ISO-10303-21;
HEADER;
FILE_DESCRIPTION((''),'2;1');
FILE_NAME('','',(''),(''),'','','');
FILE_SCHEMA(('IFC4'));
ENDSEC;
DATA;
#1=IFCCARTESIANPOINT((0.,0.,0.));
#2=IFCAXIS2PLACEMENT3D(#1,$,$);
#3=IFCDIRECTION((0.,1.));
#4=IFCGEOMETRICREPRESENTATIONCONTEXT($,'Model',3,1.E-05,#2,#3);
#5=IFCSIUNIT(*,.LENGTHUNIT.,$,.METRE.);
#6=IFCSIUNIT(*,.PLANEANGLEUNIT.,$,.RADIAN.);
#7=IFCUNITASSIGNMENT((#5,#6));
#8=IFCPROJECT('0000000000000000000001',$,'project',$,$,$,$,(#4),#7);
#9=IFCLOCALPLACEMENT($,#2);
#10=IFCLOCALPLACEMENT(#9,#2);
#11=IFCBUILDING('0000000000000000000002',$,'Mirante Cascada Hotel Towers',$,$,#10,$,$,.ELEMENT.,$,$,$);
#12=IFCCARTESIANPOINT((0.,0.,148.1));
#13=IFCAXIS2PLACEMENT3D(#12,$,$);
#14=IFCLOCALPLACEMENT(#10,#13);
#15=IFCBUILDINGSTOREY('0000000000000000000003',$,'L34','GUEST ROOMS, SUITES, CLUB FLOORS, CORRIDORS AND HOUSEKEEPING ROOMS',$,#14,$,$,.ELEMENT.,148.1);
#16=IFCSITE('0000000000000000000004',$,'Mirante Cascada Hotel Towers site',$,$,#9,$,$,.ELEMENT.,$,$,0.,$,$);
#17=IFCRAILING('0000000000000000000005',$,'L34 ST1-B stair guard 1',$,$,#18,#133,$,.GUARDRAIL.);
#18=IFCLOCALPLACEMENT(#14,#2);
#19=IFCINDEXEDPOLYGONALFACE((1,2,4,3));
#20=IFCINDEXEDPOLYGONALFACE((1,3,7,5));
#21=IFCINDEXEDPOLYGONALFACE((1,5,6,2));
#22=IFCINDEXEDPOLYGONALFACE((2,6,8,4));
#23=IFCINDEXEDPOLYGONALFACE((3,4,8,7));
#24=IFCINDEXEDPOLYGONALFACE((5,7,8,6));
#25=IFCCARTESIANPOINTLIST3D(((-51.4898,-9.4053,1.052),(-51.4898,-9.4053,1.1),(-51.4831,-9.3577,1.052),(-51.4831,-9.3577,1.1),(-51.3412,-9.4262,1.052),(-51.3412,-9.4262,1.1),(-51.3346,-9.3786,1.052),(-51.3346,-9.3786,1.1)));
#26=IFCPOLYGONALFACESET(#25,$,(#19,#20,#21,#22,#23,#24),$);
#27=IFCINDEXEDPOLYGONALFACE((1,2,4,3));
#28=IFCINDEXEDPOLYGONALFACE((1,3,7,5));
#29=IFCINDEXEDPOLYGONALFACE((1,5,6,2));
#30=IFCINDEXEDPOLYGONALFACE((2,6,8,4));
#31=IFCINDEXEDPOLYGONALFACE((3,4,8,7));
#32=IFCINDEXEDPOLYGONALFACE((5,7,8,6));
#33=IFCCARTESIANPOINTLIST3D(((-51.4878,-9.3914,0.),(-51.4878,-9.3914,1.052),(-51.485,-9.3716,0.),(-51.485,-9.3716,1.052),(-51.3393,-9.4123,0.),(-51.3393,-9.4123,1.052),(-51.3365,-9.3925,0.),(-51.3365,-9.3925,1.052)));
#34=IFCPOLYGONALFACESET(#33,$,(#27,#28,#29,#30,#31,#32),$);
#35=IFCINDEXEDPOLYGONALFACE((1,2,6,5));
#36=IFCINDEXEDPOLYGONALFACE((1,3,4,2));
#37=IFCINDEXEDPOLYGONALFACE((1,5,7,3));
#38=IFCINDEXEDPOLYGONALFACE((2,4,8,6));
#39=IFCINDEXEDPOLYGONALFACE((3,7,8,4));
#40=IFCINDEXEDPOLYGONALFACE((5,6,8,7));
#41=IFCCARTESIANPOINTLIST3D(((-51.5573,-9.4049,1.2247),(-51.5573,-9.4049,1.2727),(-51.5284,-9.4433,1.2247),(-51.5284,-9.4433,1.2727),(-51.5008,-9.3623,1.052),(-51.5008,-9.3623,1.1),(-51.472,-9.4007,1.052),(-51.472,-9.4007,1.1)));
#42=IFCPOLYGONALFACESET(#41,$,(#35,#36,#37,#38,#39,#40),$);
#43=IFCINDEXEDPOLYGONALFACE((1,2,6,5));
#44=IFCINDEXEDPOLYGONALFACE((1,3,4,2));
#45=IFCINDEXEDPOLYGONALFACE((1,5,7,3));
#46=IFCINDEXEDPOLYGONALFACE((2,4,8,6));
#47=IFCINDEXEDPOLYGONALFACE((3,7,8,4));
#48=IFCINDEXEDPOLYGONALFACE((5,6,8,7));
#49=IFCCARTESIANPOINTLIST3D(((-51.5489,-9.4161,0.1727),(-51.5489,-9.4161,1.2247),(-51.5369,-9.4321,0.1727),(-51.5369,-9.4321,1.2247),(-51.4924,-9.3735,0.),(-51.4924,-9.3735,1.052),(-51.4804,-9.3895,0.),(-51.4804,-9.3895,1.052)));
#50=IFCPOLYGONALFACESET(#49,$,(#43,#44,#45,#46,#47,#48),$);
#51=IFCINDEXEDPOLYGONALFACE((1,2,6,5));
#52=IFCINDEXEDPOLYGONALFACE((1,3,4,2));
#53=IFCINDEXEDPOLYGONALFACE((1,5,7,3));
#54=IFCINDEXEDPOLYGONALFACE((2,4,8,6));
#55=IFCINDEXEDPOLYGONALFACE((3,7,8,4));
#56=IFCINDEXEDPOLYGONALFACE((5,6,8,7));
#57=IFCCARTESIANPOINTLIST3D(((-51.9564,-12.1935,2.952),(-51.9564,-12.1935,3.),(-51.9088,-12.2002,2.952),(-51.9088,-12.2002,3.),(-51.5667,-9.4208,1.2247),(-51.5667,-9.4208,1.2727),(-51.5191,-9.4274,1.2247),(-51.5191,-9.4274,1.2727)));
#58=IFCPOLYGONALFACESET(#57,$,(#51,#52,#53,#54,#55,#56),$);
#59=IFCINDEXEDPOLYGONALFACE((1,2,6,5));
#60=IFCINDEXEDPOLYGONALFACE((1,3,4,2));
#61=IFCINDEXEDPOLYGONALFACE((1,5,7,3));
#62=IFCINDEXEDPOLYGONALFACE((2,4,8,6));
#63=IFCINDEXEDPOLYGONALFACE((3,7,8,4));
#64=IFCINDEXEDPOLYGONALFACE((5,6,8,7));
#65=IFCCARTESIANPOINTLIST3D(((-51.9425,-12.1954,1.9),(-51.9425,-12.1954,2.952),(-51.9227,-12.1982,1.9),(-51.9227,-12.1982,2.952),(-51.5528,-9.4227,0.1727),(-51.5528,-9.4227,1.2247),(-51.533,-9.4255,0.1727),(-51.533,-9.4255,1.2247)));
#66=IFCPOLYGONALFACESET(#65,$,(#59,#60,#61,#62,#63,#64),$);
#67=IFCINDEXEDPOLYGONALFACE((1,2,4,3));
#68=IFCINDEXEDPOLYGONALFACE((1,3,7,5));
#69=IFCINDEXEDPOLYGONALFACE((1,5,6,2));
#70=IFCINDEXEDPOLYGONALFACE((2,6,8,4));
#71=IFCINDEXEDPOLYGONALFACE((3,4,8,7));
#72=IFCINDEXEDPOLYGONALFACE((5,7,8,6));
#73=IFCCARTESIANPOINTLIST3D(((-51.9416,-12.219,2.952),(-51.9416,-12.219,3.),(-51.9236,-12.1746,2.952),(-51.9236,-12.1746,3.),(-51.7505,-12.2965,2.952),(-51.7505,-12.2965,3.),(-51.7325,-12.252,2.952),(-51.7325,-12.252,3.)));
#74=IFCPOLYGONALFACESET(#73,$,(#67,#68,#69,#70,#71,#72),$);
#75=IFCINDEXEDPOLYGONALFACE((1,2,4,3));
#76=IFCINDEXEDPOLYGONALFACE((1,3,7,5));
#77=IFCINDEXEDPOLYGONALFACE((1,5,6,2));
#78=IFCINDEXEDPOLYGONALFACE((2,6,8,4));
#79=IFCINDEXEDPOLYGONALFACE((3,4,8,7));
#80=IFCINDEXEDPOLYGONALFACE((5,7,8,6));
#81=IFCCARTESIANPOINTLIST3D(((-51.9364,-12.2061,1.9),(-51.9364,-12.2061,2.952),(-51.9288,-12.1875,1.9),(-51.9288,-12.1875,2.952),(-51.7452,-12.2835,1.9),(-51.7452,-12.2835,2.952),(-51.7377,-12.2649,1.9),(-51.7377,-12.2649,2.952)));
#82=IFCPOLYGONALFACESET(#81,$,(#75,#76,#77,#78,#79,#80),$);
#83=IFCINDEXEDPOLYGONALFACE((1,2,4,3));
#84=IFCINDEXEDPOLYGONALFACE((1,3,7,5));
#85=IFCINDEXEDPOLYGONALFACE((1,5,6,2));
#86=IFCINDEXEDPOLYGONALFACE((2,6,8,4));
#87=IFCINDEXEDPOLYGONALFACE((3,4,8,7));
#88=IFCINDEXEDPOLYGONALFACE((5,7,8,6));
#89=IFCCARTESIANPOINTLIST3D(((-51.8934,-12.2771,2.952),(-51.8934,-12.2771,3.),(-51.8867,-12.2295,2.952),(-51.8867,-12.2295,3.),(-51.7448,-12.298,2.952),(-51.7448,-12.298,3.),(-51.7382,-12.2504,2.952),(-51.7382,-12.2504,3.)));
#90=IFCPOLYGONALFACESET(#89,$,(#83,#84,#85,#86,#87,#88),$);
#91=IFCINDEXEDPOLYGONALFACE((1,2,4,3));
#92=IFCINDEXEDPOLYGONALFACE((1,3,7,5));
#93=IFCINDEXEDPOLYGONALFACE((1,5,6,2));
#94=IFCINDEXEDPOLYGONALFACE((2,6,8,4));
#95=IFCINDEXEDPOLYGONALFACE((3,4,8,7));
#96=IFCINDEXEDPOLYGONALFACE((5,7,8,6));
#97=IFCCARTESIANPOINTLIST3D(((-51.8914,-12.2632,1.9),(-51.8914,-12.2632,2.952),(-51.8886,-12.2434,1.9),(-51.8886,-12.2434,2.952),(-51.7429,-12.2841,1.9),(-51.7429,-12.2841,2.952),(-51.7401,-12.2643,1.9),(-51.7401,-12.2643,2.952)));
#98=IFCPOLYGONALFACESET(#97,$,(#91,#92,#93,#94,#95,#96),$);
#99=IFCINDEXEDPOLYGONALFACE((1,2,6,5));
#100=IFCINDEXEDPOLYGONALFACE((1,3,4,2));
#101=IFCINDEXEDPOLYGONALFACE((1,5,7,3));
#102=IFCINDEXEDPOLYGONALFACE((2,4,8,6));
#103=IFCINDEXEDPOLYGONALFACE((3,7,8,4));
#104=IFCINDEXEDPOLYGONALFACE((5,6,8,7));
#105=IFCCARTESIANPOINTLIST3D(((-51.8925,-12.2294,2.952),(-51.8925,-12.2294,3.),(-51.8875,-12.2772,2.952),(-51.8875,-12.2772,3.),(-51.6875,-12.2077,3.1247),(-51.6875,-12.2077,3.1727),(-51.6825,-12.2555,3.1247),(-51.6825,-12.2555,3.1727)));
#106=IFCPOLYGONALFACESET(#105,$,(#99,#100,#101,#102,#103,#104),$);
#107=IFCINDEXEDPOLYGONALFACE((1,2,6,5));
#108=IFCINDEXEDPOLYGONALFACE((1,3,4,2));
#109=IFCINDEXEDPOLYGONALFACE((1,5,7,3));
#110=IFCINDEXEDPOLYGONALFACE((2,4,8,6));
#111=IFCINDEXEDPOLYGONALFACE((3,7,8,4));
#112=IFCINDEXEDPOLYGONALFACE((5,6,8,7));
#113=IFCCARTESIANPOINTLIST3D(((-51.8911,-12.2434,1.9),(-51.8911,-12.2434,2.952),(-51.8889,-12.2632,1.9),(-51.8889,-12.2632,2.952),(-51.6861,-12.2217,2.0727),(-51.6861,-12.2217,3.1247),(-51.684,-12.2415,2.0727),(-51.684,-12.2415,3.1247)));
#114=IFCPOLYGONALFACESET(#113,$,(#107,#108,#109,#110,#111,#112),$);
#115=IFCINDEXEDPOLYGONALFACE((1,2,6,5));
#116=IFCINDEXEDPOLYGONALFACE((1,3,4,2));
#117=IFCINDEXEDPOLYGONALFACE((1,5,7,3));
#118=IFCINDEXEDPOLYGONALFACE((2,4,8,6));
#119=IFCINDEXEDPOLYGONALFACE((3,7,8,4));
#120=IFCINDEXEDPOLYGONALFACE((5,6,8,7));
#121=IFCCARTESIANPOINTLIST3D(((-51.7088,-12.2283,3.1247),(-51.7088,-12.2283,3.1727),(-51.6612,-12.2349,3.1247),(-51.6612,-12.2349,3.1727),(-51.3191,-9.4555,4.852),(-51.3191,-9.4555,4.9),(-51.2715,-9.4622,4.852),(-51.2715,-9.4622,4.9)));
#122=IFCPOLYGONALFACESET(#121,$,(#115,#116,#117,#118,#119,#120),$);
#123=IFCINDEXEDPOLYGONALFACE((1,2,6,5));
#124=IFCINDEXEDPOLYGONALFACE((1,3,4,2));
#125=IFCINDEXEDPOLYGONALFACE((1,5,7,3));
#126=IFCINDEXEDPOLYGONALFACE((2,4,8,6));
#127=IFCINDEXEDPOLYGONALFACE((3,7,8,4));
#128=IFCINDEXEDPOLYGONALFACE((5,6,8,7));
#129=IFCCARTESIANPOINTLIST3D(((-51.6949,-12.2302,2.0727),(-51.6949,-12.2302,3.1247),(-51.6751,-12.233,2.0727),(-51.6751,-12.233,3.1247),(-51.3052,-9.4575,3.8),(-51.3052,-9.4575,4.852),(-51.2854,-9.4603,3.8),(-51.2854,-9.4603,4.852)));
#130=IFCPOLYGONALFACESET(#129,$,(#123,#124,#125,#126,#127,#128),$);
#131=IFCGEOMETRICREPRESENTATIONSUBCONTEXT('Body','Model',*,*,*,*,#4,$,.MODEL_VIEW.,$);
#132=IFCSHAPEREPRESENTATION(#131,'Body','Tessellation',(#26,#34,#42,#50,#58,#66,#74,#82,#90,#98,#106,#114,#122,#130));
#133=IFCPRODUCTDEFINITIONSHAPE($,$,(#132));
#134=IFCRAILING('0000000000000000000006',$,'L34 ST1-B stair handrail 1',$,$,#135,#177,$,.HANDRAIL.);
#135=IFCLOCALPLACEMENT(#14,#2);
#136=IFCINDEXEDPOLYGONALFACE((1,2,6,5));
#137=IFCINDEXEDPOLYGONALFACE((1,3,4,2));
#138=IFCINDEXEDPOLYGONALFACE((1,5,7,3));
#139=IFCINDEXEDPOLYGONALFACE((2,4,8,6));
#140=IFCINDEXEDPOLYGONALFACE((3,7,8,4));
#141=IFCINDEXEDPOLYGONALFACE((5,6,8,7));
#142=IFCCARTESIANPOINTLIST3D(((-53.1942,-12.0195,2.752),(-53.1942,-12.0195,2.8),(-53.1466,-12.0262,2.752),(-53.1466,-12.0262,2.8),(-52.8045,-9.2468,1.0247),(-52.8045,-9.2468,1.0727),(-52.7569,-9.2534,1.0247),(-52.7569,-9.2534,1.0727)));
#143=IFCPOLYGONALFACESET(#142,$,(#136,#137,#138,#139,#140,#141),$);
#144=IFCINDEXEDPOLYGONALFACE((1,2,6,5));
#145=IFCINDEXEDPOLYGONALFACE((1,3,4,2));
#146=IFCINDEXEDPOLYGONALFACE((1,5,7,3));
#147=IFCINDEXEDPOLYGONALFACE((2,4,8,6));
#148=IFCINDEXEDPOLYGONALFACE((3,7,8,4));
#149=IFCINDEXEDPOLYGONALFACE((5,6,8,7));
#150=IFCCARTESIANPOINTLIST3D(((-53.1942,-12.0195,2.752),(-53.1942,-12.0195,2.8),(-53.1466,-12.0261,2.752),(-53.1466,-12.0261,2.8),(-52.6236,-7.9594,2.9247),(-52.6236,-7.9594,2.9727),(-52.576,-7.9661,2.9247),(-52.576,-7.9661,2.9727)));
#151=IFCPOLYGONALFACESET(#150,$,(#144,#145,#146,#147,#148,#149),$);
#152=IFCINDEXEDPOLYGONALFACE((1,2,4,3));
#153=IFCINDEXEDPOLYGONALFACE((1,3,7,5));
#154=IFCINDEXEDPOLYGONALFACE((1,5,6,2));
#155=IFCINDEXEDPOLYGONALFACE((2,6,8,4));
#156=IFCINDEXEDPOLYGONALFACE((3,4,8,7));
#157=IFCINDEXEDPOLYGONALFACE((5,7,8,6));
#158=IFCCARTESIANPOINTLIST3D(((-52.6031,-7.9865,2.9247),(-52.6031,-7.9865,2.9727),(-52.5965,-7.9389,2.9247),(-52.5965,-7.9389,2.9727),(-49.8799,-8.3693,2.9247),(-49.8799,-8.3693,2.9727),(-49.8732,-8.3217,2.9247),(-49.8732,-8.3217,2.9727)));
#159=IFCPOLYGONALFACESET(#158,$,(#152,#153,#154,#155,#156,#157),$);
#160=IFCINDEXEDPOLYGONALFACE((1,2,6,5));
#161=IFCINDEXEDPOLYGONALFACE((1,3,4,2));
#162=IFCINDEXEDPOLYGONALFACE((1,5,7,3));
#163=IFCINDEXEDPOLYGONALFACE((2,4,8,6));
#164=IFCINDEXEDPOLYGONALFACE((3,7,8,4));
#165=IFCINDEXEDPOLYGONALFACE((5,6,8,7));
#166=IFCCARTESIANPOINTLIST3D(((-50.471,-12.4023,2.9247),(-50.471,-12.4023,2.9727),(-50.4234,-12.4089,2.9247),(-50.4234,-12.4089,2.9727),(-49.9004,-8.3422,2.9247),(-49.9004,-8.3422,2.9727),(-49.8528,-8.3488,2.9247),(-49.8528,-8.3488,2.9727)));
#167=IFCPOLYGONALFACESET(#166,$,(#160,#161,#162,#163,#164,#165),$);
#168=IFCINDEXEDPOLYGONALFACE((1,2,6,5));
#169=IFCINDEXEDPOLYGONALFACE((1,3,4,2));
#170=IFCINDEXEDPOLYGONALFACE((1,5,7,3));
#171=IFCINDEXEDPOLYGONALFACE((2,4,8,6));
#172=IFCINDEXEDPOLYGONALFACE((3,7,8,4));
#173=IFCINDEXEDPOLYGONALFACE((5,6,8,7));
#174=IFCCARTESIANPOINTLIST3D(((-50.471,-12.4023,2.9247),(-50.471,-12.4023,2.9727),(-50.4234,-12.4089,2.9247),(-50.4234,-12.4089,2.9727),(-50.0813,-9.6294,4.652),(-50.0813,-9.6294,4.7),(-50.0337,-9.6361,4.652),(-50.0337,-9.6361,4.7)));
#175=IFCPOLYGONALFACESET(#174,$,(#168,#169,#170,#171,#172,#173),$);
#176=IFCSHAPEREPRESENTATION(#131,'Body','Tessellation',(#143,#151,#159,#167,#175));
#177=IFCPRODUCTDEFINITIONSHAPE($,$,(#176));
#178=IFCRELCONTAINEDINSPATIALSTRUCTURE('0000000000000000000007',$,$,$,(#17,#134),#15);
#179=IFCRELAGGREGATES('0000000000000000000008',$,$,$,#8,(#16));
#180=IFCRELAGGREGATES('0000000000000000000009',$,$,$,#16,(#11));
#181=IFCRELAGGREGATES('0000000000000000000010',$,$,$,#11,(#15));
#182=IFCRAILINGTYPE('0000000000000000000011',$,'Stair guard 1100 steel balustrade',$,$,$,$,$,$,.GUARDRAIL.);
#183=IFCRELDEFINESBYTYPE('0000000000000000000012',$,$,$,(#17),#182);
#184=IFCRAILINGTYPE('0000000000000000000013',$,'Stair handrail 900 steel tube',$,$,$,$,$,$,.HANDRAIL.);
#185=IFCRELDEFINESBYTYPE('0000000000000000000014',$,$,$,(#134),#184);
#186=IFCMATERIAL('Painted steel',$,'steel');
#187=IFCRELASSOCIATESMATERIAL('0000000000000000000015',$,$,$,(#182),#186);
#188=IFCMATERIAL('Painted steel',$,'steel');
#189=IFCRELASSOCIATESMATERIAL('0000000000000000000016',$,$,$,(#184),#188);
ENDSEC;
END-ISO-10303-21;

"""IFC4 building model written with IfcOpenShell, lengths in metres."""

from ifc_helpers import new_model, si_unit, direction, frame, origin, origin_2d, place, context, subcontext, project, spatial, rectangle, extrude, material, type_object, element, save


model = new_model("IFC4")

# Units and contexts
model_context = context("Model", 3, precision=1e-05, world=origin(), true_north=direction((0.0, 1.0)))
body_context = subcontext(model_context, "Body", "Model", "MODEL_VIEW")
ifc_project = project(units=[si_unit("LENGTHUNIT", "METRE"), si_unit("PLANEANGLEUNIT", "RADIAN")], contexts=[model_context])

# Site, building, storey
site_placement = place(None, origin())
site = spatial("IfcSite", under=ifc_project, at=site_placement, Name="Mirante Cascada Hotel Towers site", CompositionType="ELEMENT", RefElevation=0.0)
building_placement = place(site_placement, origin())
building = spatial("IfcBuilding", under=site, at=building_placement, Name="Mirante Cascada Hotel Towers", CompositionType="ELEMENT")
storey_placement = place(building_placement, frame((0.0, 0.0, 148.1)))
storey = spatial("IfcBuildingStorey", under=building, at=storey_placement, Name="L34", Description="GUEST ROOMS, SUITES, CLUB FLOORS, CORRIDORS AND HOUSEKEEPING ROOMS", CompositionType="ELEMENT", Elevation=148.1)

# Railings
ifc_material_1 = material(Name="Painted steel", Category="steel")
railing_type_1 = type_object("IfcRailingType", Name="Stair guard 1100 steel balustrade", PredefinedType="GUARDRAIL", material=ifc_material_1)
railing_1_placement = place(storey_placement, frame((-51.3379, -9.4024, 0.0)))
element("IfcRailing", 1, at=railing_1_placement, inside=storey, type_object=railing_type_1, Name="L34 ST1-B stair guard 1", PredefinedType="GUARDRAIL", context=body_context, shape_type="SweptSolid", body=[
    extrude(rectangle(XDim=0.048, YDim=0.048, at=origin_2d()), frame((0.0, 0.0, 1.076), z_axis=(-0.990241, 0.139367, 0.0), x_axis=(-0.139367, -0.990241, 0.0)), (0.0, 0.0, 1.0), 0.15),
    extrude(rectangle(XDim=0.02, YDim=1.052, at=origin_2d()), frame((0.0, 0.0, 0.526), z_axis=(-0.990241, 0.139367, 0.0), x_axis=(-0.139367, -0.990241, 0.0)), (0.0, 0.0, 1.0), 0.15),
    extrude(rectangle(XDim=0.048, YDim=0.048, at=origin_2d()), frame((-0.1485, 0.0209, 1.076), z_axis=(-0.798471, -0.602033, 0.0), x_axis=(0.602033, -0.798471, 0.0)), (0.0, 0.92534, 0.379139), 0.1866),
    extrude(rectangle(XDim=0.02, YDim=1.052, at=origin_2d()), frame((-0.1485, 0.0209, 0.526), z_axis=(-0.798471, -0.602033, 0.0), x_axis=(0.602033, -0.798471, 0.0)), (0.0, 0.92534, 0.379139), 0.1866),
    extrude(rectangle(XDim=0.048, YDim=0.048, at=origin_2d()), frame((-0.205, -0.0217, 1.2487), z_axis=(-0.139181, -0.990267, 0.0), x_axis=(0.990267, -0.139181, 0.0)), (0.0, 0.525035, 0.851081), 3.2899),
    extrude(rectangle(XDim=0.02, YDim=1.052, at=origin_2d()), frame((-0.205, -0.0217, 0.6987), z_axis=(-0.139181, -0.990267, 0.0), x_axis=(0.990267, -0.139181, 0.0)), (0.0, 0.525035, 0.851081), 3.2899),
    extrude(rectangle(XDim=0.048, YDim=0.048, at=origin_2d()), frame((-0.5947, -2.7944, 2.976), z_axis=(0.926862, -0.375401, 0.0), x_axis=(0.375401, 0.926862, 0.0)), (0.0, 0.0, 1.0), 0.2062),
    extrude(rectangle(XDim=0.02, YDim=1.052, at=origin_2d()), frame((-0.5947, -2.7944, 2.426), z_axis=(0.926862, -0.375401, 0.0), x_axis=(0.375401, 0.926862, 0.0)), (0.0, 0.0, 1.0), 0.2062),
    extrude(rectangle(XDim=0.048, YDim=0.048, at=origin_2d()), frame((-0.4036, -2.8718, 2.976), z_axis=(-0.990241, 0.139367, 0.0), x_axis=(-0.139367, -0.990241, 0.0)), (0.0, 0.0, 1.0), 0.15),
    extrude(rectangle(XDim=0.02, YDim=1.052, at=origin_2d()), frame((-0.4036, -2.8718, 2.426), z_axis=(-0.990241, 0.139367, 0.0), x_axis=(-0.139367, -0.990241, 0.0)), (0.0, 0.0, 1.0), 0.15),
    extrude(rectangle(XDim=0.048, YDim=0.048, at=origin_2d()), frame((-0.5521, -2.8509, 2.976), z_axis=(0.994444, 0.105266, 0.0), x_axis=(-0.105266, 0.994444, 0.0)), (0.0, 0.642184, 0.76655), 0.2689),
    extrude(rectangle(XDim=0.02, YDim=1.052, at=origin_2d()), frame((-0.5521, -2.8509, 2.426), z_axis=(0.994444, 0.105266, 0.0), x_axis=(-0.105266, 0.994444, 0.0)), (0.0, 0.642184, 0.76655), 0.2689),
    extrude(rectangle(XDim=0.048, YDim=0.048, at=origin_2d()), frame((-0.3471, -2.8292, 3.1487), z_axis=(0.139181, 0.990267, 0.0), x_axis=(-0.990267, 0.139181, 0.0)), (0.0, 0.525035, 0.851081), 3.2899),
    extrude(rectangle(XDim=0.02, YDim=1.052, at=origin_2d()), frame((-0.3471, -2.8292, 2.5987), z_axis=(0.139181, 0.990267, 0.0), x_axis=(-0.990267, 0.139181, 0.0)), (0.0, 0.525035, 0.851081), 3.2899),
])
ifc_material_2 = material(Name="Painted steel", Category="steel")
railing_type_2 = type_object("IfcRailingType", Name="Stair handrail 900 steel tube", PredefinedType="HANDRAIL", material=ifc_material_2)
railing_2_placement = place(storey_placement, frame((-52.7807, -9.2501, 0.1727)))
element("IfcRailing", 2, at=railing_2_placement, inside=storey, type_object=railing_type_2, Name="L34 ST1-B stair handrail 1", PredefinedType="HANDRAIL", context=body_context, shape_type="SweptSolid", body=[
    extrude(rectangle(XDim=0.048, YDim=0.048, at=origin_2d()), frame((0.0, 0.0, 0.876), z_axis=(-0.139181, -0.990267, 0.0), x_axis=(0.990267, -0.139181, 0.0)), (0.0, 0.525035, 0.851081), 3.2899),
    extrude(rectangle(XDim=0.048, YDim=0.048, at=origin_2d()), frame((-0.3897, -2.7727, 2.6033), z_axis=(0.139171, 0.990268, 0.0), x_axis=(-0.990268, 0.139171, 0.0)), (0.0, 0.042085, 0.999114), 4.1036),
    extrude(rectangle(XDim=0.048, YDim=0.048, at=origin_2d()), frame((0.1809, 1.2874, 2.776), z_axis=(0.990264, -0.139201, 0.0), x_axis=(0.139201, 0.990264, 0.0)), (0.0, 0.0, 1.0), 2.75),
    extrude(rectangle(XDim=0.048, YDim=0.048, at=origin_2d()), frame((2.9041, 0.9046, 2.776), z_axis=(-0.139171, -0.990268, 0.0), x_axis=(0.990268, -0.139171, 0.0)), (0.0, 0.0, 1.0), 4.1),
    extrude(rectangle(XDim=0.048, YDim=0.048, at=origin_2d()), frame((2.3335, -3.1555, 2.776), z_axis=(0.139176, 0.990268, 0.0), x_axis=(-0.990268, 0.139176, 0.0)), (0.0, 0.525021, 0.851089), 3.29),
])

save(model, "model.ifc")
